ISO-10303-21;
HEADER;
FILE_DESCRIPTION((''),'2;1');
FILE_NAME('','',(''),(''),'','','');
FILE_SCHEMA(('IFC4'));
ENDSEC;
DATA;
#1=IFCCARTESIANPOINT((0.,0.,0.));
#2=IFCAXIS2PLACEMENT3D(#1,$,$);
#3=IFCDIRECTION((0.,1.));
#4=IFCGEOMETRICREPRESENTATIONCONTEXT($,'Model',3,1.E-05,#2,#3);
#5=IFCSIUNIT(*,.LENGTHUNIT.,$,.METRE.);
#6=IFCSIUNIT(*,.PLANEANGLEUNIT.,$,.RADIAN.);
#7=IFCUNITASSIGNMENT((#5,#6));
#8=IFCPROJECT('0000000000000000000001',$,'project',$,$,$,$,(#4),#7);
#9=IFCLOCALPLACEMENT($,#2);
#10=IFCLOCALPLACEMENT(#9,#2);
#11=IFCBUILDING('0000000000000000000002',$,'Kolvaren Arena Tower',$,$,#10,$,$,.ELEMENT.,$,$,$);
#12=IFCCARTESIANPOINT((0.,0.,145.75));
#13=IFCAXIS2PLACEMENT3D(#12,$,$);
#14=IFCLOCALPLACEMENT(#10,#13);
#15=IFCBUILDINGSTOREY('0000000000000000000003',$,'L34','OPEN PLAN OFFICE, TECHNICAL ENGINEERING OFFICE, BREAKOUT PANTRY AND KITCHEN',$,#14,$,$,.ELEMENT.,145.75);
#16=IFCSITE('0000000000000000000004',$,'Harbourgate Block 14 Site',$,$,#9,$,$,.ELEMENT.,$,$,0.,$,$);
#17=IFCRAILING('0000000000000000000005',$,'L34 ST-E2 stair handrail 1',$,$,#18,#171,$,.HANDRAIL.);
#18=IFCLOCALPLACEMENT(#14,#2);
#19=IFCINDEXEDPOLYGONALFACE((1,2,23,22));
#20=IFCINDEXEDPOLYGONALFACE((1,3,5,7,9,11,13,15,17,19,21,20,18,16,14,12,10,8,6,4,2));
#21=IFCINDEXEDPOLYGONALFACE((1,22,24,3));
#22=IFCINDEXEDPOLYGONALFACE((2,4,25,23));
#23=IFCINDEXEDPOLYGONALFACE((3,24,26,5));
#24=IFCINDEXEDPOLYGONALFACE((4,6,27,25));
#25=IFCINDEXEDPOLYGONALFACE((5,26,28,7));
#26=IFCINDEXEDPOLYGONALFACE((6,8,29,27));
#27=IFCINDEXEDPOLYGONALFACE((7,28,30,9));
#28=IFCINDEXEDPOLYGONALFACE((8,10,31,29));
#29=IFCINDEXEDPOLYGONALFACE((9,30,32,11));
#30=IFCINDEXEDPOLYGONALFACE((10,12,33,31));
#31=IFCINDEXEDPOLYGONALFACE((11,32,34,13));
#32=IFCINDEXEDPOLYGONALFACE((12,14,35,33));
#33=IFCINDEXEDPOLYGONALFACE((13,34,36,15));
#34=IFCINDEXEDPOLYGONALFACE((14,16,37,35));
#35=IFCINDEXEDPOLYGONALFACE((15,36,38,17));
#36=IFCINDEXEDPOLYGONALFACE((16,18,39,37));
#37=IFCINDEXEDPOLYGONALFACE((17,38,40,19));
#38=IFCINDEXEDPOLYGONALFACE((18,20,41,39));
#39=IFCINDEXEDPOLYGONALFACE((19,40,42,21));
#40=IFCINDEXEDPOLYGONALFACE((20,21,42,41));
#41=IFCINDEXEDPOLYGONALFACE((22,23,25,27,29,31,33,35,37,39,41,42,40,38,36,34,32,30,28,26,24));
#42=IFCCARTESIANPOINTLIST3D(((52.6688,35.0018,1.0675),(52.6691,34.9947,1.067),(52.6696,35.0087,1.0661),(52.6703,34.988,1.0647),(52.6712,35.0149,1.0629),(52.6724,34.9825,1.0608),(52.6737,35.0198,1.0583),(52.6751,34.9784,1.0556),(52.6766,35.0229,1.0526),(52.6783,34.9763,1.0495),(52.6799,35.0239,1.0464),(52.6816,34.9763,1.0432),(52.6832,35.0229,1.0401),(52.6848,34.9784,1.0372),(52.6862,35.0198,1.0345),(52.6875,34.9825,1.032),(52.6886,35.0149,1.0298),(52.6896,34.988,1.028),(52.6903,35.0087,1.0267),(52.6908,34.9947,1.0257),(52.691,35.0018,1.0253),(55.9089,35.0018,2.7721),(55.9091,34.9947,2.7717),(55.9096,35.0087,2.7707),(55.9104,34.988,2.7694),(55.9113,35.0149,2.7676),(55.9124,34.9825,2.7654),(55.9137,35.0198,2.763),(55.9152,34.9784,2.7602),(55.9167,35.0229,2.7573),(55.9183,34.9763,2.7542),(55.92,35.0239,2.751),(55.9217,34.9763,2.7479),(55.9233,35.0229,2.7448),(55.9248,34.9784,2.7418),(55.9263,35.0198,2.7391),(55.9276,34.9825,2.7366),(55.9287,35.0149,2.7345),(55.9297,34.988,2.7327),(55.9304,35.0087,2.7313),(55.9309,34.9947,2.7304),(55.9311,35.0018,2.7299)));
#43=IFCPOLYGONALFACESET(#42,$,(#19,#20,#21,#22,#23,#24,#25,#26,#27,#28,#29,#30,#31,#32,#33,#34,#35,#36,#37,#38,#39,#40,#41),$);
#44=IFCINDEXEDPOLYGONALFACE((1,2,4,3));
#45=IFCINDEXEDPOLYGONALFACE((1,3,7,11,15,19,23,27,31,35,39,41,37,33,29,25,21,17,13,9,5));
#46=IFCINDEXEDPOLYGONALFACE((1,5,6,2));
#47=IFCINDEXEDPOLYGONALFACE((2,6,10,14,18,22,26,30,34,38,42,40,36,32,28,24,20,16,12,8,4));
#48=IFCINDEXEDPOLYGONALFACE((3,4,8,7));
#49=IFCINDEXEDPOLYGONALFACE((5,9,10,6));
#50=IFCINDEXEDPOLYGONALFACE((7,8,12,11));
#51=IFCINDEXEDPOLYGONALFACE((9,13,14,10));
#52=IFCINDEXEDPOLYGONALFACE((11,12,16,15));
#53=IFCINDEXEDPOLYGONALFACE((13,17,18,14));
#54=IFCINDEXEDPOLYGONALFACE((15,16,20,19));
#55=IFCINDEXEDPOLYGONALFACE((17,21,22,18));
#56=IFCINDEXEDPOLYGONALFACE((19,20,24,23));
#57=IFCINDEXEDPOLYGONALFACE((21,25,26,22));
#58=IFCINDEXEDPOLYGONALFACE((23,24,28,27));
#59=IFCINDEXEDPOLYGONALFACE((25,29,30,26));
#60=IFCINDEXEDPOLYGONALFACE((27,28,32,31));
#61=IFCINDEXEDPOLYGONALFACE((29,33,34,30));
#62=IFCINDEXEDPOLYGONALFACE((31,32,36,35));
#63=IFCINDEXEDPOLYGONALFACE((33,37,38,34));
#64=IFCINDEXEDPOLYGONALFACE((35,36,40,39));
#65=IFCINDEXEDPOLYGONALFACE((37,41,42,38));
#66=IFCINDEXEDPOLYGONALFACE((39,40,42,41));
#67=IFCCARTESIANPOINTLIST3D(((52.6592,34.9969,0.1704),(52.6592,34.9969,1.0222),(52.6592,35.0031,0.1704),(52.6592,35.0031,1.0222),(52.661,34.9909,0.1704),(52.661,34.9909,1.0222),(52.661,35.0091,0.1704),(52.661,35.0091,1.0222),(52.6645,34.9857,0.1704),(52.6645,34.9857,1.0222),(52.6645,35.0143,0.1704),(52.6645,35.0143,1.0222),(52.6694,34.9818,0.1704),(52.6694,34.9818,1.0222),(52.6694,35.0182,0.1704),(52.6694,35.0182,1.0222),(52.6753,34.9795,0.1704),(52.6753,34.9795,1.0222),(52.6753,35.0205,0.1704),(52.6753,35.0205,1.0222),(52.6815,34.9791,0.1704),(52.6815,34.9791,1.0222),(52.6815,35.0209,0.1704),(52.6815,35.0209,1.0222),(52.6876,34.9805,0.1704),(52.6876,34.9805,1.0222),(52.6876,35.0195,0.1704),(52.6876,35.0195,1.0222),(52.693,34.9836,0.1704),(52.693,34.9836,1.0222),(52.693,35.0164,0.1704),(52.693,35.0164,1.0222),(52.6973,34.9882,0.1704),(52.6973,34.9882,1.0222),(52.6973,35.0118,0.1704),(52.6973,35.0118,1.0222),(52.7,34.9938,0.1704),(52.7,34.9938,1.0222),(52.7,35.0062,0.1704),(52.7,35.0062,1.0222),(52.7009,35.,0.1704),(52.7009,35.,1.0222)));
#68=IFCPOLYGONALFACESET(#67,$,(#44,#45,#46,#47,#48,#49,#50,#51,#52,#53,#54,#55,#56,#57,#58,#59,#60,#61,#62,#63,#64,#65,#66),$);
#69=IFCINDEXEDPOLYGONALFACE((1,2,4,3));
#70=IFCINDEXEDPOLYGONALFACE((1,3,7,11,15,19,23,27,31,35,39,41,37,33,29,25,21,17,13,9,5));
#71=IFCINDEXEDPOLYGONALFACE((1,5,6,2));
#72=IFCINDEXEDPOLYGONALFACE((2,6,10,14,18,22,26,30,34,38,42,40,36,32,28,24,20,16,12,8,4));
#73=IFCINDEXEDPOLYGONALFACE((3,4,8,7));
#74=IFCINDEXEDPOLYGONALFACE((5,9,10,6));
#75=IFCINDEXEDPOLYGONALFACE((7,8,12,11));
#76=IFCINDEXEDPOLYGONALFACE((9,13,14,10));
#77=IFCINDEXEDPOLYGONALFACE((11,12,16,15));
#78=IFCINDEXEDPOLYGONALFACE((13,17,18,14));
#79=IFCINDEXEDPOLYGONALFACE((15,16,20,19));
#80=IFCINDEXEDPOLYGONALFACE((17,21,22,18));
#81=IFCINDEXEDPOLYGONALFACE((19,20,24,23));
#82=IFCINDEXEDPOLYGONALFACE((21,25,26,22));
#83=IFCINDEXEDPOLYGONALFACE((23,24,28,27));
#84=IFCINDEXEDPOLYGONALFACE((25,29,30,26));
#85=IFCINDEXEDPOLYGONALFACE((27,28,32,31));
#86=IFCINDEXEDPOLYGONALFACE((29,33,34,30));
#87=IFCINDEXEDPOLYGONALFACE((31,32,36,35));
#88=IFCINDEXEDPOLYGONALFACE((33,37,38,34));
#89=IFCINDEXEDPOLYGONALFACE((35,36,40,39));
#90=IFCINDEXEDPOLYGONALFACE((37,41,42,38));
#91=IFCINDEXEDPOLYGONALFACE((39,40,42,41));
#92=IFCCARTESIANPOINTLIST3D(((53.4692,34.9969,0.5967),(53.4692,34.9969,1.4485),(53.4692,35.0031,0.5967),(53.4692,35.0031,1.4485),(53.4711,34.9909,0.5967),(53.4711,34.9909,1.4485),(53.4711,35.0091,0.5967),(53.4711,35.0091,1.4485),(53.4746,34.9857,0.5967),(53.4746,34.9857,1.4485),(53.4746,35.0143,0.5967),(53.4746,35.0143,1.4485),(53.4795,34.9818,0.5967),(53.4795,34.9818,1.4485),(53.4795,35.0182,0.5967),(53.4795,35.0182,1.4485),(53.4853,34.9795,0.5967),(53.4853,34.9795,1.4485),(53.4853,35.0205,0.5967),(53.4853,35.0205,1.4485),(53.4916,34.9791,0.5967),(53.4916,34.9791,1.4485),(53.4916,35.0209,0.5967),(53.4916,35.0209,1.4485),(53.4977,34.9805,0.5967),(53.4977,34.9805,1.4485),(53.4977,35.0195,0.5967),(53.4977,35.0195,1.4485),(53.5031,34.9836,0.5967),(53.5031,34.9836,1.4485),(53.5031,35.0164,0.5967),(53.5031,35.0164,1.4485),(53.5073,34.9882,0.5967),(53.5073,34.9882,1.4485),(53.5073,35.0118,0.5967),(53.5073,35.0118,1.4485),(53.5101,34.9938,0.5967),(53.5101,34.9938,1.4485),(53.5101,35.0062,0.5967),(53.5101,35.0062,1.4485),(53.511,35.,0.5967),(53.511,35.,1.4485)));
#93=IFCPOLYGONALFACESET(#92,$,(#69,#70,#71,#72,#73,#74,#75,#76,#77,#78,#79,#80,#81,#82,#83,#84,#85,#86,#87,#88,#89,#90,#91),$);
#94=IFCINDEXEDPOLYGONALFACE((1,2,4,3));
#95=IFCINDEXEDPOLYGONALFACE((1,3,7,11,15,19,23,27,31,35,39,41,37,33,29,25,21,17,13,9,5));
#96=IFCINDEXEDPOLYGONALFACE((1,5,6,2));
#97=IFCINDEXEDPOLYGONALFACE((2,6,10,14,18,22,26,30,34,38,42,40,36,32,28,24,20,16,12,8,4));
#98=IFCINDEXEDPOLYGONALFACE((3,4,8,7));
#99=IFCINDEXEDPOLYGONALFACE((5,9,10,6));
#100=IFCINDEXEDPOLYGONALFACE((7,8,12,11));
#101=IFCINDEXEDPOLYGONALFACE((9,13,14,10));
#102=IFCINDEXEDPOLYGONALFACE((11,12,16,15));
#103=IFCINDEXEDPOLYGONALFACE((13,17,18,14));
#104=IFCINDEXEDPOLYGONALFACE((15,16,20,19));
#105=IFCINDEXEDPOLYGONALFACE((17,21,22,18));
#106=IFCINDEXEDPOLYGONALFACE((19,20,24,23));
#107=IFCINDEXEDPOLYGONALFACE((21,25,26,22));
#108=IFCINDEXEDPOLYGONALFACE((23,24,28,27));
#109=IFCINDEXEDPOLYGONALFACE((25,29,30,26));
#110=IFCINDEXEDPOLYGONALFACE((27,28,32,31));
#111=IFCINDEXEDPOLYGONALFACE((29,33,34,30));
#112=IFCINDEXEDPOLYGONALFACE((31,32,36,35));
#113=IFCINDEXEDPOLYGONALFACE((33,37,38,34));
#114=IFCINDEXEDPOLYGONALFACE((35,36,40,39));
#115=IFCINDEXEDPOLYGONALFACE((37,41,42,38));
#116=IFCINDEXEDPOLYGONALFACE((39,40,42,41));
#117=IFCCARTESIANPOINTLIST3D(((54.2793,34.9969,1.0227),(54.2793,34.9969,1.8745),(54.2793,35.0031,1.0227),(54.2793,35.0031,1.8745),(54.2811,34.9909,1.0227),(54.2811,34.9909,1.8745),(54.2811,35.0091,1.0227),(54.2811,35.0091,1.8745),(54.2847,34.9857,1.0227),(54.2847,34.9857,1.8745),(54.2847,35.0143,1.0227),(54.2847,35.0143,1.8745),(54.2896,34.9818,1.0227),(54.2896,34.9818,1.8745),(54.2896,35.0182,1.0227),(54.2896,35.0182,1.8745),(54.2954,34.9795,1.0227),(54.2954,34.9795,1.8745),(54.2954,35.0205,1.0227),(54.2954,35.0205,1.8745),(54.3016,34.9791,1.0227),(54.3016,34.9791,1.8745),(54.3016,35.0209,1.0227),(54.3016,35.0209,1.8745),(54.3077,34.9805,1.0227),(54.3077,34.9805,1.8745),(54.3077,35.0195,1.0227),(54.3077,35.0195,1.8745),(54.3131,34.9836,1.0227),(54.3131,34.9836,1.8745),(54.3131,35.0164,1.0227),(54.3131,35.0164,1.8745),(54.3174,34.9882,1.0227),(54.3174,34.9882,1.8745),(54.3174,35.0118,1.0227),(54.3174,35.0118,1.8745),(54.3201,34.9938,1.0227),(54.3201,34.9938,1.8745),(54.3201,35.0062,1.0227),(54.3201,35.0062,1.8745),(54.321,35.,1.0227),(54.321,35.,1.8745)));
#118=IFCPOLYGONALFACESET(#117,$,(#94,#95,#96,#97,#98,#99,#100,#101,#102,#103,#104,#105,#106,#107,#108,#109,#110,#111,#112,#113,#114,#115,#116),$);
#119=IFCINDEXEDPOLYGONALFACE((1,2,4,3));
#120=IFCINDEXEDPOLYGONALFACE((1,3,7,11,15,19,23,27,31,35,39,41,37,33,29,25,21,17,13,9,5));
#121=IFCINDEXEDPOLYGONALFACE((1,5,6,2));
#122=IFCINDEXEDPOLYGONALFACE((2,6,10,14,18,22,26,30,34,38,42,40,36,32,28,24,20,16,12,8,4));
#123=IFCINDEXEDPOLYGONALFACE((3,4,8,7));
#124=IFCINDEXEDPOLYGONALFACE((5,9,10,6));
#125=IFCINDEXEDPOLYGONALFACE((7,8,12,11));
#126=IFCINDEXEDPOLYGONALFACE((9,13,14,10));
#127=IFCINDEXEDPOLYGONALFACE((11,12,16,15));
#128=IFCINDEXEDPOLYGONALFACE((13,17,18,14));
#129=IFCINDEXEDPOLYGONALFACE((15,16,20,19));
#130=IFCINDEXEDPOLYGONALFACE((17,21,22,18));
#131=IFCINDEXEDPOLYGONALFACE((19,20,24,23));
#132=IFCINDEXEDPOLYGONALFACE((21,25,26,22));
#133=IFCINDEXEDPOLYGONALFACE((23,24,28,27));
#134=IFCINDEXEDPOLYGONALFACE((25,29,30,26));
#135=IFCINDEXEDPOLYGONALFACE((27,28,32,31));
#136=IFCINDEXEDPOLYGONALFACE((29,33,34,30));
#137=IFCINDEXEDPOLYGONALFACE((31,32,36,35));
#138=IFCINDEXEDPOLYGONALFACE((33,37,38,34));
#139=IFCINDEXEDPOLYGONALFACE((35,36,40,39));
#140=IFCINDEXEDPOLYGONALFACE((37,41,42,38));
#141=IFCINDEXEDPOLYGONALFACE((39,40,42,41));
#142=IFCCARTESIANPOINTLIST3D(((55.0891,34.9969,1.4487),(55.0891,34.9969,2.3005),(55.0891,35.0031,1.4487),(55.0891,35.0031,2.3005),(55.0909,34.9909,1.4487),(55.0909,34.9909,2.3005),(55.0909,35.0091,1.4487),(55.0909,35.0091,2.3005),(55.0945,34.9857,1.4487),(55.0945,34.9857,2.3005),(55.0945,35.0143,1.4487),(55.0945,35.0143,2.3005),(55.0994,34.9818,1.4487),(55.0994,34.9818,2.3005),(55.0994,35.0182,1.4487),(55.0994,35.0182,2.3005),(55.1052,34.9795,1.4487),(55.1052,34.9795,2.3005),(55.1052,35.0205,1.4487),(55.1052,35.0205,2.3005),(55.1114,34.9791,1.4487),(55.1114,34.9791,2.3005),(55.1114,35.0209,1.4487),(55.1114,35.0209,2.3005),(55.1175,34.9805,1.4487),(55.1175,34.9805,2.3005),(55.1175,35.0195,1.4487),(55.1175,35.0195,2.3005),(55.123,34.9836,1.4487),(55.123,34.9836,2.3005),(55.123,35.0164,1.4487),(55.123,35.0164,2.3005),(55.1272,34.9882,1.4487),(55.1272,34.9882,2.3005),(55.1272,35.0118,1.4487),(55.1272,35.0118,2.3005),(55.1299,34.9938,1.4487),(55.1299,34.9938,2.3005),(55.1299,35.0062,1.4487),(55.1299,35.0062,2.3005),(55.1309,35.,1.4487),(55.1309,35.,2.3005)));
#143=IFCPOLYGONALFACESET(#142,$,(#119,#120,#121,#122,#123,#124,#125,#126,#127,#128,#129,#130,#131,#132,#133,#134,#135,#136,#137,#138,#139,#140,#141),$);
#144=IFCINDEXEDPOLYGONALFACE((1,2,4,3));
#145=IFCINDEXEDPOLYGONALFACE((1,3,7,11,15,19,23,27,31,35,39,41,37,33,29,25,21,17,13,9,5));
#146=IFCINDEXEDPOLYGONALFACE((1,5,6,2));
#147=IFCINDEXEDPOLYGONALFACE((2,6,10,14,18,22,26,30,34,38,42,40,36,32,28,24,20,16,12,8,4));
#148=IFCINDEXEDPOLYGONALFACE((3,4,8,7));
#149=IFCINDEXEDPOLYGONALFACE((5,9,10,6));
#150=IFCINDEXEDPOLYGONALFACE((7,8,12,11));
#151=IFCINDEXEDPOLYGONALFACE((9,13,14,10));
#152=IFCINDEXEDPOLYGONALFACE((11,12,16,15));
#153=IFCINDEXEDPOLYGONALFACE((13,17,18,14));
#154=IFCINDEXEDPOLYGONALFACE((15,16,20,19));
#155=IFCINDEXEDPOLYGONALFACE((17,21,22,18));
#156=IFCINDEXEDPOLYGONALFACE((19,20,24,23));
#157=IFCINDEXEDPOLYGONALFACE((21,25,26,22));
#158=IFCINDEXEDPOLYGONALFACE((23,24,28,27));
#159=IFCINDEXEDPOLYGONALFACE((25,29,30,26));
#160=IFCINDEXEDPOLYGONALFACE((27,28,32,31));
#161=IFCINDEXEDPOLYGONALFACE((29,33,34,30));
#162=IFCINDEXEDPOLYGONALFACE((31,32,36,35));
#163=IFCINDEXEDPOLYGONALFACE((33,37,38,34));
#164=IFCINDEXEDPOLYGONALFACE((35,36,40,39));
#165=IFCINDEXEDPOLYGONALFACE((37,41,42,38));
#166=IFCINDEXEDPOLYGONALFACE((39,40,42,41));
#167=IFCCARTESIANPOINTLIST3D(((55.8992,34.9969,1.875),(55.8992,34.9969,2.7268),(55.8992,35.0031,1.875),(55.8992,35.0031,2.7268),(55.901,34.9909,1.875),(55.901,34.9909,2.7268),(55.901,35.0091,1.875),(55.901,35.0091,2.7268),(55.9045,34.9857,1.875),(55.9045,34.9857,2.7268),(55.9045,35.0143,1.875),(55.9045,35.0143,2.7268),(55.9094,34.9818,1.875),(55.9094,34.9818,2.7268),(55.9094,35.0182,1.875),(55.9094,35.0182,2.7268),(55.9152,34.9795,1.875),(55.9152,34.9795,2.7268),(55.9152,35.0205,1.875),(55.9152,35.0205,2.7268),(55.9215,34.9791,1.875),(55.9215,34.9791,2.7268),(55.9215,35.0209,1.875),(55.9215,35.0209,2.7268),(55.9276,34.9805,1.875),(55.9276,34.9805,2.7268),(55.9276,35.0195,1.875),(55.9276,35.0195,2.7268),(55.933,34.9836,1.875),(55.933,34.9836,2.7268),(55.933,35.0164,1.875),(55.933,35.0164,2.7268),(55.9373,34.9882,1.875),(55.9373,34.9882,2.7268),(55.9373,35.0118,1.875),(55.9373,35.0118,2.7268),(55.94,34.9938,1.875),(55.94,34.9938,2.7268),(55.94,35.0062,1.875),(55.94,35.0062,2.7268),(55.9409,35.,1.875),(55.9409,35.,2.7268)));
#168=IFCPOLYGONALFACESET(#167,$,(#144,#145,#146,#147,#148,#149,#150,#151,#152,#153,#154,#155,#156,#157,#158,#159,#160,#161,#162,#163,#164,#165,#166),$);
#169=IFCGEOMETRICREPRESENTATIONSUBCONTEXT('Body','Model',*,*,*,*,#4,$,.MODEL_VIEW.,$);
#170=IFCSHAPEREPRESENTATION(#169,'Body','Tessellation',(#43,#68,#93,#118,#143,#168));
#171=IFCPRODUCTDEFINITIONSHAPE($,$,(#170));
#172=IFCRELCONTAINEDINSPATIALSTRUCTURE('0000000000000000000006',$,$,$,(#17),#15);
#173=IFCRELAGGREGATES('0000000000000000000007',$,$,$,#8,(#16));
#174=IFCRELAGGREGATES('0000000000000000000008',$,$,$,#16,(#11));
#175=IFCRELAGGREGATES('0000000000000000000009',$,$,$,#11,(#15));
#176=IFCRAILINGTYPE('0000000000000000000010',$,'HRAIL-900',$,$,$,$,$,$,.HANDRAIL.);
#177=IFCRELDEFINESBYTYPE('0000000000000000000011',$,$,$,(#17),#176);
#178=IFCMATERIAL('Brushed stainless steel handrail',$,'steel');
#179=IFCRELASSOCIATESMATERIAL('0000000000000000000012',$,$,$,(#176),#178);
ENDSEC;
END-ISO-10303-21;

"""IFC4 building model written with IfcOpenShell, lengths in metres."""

from ifc_helpers import new_model, si_unit, direction, frame, origin, origin_2d, place, context, subcontext, project, spatial, circle, extrude, material, type_object, element, save


model = new_model("IFC4")

# Units and contexts
model_context = context("Model", 3, precision=1e-05, world=origin(), true_north=direction((0.0, 1.0)))
body_context = subcontext(model_context, "Body", "Model", "MODEL_VIEW")
ifc_project = project(units=[si_unit("LENGTHUNIT", "METRE"), si_unit("PLANEANGLEUNIT", "RADIAN")], contexts=[model_context])

# Site, building, storey
site_placement = place(None, origin())
site = spatial("IfcSite", under=ifc_project, at=site_placement, Name="Harbourgate Block 14 Site", CompositionType="ELEMENT", RefElevation=0.0)
building_placement = place(site_placement, origin())
building = spatial("IfcBuilding", under=site, at=building_placement, Name="Kolvaren Arena Tower", CompositionType="ELEMENT")
storey_placement = place(building_placement, frame((0.0, 0.0, 145.75)))
storey = spatial("IfcBuildingStorey", under=building, at=storey_placement, Name="L34", Description="OPEN PLAN OFFICE, TECHNICAL ENGINEERING OFFICE, BREAKOUT PANTRY AND KITCHEN", CompositionType="ELEMENT", Elevation=145.75)

# Railing
ifc_material_1 = material(Name="Brushed stainless steel handrail", Category="steel")
railing_type_1 = type_object("IfcRailingType", Name="HRAIL-900", PredefinedType="HANDRAIL", material=ifc_material_1)
for number, where, name in (
    (1, (52.6799, 35.0, 0.1704), "L34 ST-E2 stair handrail 1"),
):
    element("IfcRailing", number, at=place(storey_placement, frame(where)), inside=storey, type_object=railing_type_1, Name=name, PredefinedType="HANDRAIL", context=body_context, shape_type="SweptSolid", body=[
        extrude(circle(Radius=0.0239, at=origin_2d()), frame((0.0, 0.0, 0.876), z_axis=(0.884993, 0.0, 0.465604), x_axis=(0.0, 1.0, 0.0)), (0.0, 0.0, 1.0), 3.6611),
        extrude(circle(Radius=0.021, at=origin_2d()), origin(), (0.0, 0.0, 1.0), 0.8518),
        extrude(circle(Radius=0.021, at=origin_2d()), frame((0.8101, 0.0, 0.4263)), (0.0, 0.0, 1.0), 0.8518),
        extrude(circle(Radius=0.021, at=origin_2d()), frame((1.6201, 0.0, 0.8523)), (0.0, 0.0, 1.0), 0.8518),
        extrude(circle(Radius=0.021, at=origin_2d()), frame((2.4299, 0.0, 1.2783)), (0.0, 0.0, 1.0), 0.8518),
        extrude(circle(Radius=0.021, at=origin_2d()), frame((3.24, 0.0, 1.7046)), (0.0, 0.0, 1.0), 0.8518),
    ])

save(model, "model.ifc")
